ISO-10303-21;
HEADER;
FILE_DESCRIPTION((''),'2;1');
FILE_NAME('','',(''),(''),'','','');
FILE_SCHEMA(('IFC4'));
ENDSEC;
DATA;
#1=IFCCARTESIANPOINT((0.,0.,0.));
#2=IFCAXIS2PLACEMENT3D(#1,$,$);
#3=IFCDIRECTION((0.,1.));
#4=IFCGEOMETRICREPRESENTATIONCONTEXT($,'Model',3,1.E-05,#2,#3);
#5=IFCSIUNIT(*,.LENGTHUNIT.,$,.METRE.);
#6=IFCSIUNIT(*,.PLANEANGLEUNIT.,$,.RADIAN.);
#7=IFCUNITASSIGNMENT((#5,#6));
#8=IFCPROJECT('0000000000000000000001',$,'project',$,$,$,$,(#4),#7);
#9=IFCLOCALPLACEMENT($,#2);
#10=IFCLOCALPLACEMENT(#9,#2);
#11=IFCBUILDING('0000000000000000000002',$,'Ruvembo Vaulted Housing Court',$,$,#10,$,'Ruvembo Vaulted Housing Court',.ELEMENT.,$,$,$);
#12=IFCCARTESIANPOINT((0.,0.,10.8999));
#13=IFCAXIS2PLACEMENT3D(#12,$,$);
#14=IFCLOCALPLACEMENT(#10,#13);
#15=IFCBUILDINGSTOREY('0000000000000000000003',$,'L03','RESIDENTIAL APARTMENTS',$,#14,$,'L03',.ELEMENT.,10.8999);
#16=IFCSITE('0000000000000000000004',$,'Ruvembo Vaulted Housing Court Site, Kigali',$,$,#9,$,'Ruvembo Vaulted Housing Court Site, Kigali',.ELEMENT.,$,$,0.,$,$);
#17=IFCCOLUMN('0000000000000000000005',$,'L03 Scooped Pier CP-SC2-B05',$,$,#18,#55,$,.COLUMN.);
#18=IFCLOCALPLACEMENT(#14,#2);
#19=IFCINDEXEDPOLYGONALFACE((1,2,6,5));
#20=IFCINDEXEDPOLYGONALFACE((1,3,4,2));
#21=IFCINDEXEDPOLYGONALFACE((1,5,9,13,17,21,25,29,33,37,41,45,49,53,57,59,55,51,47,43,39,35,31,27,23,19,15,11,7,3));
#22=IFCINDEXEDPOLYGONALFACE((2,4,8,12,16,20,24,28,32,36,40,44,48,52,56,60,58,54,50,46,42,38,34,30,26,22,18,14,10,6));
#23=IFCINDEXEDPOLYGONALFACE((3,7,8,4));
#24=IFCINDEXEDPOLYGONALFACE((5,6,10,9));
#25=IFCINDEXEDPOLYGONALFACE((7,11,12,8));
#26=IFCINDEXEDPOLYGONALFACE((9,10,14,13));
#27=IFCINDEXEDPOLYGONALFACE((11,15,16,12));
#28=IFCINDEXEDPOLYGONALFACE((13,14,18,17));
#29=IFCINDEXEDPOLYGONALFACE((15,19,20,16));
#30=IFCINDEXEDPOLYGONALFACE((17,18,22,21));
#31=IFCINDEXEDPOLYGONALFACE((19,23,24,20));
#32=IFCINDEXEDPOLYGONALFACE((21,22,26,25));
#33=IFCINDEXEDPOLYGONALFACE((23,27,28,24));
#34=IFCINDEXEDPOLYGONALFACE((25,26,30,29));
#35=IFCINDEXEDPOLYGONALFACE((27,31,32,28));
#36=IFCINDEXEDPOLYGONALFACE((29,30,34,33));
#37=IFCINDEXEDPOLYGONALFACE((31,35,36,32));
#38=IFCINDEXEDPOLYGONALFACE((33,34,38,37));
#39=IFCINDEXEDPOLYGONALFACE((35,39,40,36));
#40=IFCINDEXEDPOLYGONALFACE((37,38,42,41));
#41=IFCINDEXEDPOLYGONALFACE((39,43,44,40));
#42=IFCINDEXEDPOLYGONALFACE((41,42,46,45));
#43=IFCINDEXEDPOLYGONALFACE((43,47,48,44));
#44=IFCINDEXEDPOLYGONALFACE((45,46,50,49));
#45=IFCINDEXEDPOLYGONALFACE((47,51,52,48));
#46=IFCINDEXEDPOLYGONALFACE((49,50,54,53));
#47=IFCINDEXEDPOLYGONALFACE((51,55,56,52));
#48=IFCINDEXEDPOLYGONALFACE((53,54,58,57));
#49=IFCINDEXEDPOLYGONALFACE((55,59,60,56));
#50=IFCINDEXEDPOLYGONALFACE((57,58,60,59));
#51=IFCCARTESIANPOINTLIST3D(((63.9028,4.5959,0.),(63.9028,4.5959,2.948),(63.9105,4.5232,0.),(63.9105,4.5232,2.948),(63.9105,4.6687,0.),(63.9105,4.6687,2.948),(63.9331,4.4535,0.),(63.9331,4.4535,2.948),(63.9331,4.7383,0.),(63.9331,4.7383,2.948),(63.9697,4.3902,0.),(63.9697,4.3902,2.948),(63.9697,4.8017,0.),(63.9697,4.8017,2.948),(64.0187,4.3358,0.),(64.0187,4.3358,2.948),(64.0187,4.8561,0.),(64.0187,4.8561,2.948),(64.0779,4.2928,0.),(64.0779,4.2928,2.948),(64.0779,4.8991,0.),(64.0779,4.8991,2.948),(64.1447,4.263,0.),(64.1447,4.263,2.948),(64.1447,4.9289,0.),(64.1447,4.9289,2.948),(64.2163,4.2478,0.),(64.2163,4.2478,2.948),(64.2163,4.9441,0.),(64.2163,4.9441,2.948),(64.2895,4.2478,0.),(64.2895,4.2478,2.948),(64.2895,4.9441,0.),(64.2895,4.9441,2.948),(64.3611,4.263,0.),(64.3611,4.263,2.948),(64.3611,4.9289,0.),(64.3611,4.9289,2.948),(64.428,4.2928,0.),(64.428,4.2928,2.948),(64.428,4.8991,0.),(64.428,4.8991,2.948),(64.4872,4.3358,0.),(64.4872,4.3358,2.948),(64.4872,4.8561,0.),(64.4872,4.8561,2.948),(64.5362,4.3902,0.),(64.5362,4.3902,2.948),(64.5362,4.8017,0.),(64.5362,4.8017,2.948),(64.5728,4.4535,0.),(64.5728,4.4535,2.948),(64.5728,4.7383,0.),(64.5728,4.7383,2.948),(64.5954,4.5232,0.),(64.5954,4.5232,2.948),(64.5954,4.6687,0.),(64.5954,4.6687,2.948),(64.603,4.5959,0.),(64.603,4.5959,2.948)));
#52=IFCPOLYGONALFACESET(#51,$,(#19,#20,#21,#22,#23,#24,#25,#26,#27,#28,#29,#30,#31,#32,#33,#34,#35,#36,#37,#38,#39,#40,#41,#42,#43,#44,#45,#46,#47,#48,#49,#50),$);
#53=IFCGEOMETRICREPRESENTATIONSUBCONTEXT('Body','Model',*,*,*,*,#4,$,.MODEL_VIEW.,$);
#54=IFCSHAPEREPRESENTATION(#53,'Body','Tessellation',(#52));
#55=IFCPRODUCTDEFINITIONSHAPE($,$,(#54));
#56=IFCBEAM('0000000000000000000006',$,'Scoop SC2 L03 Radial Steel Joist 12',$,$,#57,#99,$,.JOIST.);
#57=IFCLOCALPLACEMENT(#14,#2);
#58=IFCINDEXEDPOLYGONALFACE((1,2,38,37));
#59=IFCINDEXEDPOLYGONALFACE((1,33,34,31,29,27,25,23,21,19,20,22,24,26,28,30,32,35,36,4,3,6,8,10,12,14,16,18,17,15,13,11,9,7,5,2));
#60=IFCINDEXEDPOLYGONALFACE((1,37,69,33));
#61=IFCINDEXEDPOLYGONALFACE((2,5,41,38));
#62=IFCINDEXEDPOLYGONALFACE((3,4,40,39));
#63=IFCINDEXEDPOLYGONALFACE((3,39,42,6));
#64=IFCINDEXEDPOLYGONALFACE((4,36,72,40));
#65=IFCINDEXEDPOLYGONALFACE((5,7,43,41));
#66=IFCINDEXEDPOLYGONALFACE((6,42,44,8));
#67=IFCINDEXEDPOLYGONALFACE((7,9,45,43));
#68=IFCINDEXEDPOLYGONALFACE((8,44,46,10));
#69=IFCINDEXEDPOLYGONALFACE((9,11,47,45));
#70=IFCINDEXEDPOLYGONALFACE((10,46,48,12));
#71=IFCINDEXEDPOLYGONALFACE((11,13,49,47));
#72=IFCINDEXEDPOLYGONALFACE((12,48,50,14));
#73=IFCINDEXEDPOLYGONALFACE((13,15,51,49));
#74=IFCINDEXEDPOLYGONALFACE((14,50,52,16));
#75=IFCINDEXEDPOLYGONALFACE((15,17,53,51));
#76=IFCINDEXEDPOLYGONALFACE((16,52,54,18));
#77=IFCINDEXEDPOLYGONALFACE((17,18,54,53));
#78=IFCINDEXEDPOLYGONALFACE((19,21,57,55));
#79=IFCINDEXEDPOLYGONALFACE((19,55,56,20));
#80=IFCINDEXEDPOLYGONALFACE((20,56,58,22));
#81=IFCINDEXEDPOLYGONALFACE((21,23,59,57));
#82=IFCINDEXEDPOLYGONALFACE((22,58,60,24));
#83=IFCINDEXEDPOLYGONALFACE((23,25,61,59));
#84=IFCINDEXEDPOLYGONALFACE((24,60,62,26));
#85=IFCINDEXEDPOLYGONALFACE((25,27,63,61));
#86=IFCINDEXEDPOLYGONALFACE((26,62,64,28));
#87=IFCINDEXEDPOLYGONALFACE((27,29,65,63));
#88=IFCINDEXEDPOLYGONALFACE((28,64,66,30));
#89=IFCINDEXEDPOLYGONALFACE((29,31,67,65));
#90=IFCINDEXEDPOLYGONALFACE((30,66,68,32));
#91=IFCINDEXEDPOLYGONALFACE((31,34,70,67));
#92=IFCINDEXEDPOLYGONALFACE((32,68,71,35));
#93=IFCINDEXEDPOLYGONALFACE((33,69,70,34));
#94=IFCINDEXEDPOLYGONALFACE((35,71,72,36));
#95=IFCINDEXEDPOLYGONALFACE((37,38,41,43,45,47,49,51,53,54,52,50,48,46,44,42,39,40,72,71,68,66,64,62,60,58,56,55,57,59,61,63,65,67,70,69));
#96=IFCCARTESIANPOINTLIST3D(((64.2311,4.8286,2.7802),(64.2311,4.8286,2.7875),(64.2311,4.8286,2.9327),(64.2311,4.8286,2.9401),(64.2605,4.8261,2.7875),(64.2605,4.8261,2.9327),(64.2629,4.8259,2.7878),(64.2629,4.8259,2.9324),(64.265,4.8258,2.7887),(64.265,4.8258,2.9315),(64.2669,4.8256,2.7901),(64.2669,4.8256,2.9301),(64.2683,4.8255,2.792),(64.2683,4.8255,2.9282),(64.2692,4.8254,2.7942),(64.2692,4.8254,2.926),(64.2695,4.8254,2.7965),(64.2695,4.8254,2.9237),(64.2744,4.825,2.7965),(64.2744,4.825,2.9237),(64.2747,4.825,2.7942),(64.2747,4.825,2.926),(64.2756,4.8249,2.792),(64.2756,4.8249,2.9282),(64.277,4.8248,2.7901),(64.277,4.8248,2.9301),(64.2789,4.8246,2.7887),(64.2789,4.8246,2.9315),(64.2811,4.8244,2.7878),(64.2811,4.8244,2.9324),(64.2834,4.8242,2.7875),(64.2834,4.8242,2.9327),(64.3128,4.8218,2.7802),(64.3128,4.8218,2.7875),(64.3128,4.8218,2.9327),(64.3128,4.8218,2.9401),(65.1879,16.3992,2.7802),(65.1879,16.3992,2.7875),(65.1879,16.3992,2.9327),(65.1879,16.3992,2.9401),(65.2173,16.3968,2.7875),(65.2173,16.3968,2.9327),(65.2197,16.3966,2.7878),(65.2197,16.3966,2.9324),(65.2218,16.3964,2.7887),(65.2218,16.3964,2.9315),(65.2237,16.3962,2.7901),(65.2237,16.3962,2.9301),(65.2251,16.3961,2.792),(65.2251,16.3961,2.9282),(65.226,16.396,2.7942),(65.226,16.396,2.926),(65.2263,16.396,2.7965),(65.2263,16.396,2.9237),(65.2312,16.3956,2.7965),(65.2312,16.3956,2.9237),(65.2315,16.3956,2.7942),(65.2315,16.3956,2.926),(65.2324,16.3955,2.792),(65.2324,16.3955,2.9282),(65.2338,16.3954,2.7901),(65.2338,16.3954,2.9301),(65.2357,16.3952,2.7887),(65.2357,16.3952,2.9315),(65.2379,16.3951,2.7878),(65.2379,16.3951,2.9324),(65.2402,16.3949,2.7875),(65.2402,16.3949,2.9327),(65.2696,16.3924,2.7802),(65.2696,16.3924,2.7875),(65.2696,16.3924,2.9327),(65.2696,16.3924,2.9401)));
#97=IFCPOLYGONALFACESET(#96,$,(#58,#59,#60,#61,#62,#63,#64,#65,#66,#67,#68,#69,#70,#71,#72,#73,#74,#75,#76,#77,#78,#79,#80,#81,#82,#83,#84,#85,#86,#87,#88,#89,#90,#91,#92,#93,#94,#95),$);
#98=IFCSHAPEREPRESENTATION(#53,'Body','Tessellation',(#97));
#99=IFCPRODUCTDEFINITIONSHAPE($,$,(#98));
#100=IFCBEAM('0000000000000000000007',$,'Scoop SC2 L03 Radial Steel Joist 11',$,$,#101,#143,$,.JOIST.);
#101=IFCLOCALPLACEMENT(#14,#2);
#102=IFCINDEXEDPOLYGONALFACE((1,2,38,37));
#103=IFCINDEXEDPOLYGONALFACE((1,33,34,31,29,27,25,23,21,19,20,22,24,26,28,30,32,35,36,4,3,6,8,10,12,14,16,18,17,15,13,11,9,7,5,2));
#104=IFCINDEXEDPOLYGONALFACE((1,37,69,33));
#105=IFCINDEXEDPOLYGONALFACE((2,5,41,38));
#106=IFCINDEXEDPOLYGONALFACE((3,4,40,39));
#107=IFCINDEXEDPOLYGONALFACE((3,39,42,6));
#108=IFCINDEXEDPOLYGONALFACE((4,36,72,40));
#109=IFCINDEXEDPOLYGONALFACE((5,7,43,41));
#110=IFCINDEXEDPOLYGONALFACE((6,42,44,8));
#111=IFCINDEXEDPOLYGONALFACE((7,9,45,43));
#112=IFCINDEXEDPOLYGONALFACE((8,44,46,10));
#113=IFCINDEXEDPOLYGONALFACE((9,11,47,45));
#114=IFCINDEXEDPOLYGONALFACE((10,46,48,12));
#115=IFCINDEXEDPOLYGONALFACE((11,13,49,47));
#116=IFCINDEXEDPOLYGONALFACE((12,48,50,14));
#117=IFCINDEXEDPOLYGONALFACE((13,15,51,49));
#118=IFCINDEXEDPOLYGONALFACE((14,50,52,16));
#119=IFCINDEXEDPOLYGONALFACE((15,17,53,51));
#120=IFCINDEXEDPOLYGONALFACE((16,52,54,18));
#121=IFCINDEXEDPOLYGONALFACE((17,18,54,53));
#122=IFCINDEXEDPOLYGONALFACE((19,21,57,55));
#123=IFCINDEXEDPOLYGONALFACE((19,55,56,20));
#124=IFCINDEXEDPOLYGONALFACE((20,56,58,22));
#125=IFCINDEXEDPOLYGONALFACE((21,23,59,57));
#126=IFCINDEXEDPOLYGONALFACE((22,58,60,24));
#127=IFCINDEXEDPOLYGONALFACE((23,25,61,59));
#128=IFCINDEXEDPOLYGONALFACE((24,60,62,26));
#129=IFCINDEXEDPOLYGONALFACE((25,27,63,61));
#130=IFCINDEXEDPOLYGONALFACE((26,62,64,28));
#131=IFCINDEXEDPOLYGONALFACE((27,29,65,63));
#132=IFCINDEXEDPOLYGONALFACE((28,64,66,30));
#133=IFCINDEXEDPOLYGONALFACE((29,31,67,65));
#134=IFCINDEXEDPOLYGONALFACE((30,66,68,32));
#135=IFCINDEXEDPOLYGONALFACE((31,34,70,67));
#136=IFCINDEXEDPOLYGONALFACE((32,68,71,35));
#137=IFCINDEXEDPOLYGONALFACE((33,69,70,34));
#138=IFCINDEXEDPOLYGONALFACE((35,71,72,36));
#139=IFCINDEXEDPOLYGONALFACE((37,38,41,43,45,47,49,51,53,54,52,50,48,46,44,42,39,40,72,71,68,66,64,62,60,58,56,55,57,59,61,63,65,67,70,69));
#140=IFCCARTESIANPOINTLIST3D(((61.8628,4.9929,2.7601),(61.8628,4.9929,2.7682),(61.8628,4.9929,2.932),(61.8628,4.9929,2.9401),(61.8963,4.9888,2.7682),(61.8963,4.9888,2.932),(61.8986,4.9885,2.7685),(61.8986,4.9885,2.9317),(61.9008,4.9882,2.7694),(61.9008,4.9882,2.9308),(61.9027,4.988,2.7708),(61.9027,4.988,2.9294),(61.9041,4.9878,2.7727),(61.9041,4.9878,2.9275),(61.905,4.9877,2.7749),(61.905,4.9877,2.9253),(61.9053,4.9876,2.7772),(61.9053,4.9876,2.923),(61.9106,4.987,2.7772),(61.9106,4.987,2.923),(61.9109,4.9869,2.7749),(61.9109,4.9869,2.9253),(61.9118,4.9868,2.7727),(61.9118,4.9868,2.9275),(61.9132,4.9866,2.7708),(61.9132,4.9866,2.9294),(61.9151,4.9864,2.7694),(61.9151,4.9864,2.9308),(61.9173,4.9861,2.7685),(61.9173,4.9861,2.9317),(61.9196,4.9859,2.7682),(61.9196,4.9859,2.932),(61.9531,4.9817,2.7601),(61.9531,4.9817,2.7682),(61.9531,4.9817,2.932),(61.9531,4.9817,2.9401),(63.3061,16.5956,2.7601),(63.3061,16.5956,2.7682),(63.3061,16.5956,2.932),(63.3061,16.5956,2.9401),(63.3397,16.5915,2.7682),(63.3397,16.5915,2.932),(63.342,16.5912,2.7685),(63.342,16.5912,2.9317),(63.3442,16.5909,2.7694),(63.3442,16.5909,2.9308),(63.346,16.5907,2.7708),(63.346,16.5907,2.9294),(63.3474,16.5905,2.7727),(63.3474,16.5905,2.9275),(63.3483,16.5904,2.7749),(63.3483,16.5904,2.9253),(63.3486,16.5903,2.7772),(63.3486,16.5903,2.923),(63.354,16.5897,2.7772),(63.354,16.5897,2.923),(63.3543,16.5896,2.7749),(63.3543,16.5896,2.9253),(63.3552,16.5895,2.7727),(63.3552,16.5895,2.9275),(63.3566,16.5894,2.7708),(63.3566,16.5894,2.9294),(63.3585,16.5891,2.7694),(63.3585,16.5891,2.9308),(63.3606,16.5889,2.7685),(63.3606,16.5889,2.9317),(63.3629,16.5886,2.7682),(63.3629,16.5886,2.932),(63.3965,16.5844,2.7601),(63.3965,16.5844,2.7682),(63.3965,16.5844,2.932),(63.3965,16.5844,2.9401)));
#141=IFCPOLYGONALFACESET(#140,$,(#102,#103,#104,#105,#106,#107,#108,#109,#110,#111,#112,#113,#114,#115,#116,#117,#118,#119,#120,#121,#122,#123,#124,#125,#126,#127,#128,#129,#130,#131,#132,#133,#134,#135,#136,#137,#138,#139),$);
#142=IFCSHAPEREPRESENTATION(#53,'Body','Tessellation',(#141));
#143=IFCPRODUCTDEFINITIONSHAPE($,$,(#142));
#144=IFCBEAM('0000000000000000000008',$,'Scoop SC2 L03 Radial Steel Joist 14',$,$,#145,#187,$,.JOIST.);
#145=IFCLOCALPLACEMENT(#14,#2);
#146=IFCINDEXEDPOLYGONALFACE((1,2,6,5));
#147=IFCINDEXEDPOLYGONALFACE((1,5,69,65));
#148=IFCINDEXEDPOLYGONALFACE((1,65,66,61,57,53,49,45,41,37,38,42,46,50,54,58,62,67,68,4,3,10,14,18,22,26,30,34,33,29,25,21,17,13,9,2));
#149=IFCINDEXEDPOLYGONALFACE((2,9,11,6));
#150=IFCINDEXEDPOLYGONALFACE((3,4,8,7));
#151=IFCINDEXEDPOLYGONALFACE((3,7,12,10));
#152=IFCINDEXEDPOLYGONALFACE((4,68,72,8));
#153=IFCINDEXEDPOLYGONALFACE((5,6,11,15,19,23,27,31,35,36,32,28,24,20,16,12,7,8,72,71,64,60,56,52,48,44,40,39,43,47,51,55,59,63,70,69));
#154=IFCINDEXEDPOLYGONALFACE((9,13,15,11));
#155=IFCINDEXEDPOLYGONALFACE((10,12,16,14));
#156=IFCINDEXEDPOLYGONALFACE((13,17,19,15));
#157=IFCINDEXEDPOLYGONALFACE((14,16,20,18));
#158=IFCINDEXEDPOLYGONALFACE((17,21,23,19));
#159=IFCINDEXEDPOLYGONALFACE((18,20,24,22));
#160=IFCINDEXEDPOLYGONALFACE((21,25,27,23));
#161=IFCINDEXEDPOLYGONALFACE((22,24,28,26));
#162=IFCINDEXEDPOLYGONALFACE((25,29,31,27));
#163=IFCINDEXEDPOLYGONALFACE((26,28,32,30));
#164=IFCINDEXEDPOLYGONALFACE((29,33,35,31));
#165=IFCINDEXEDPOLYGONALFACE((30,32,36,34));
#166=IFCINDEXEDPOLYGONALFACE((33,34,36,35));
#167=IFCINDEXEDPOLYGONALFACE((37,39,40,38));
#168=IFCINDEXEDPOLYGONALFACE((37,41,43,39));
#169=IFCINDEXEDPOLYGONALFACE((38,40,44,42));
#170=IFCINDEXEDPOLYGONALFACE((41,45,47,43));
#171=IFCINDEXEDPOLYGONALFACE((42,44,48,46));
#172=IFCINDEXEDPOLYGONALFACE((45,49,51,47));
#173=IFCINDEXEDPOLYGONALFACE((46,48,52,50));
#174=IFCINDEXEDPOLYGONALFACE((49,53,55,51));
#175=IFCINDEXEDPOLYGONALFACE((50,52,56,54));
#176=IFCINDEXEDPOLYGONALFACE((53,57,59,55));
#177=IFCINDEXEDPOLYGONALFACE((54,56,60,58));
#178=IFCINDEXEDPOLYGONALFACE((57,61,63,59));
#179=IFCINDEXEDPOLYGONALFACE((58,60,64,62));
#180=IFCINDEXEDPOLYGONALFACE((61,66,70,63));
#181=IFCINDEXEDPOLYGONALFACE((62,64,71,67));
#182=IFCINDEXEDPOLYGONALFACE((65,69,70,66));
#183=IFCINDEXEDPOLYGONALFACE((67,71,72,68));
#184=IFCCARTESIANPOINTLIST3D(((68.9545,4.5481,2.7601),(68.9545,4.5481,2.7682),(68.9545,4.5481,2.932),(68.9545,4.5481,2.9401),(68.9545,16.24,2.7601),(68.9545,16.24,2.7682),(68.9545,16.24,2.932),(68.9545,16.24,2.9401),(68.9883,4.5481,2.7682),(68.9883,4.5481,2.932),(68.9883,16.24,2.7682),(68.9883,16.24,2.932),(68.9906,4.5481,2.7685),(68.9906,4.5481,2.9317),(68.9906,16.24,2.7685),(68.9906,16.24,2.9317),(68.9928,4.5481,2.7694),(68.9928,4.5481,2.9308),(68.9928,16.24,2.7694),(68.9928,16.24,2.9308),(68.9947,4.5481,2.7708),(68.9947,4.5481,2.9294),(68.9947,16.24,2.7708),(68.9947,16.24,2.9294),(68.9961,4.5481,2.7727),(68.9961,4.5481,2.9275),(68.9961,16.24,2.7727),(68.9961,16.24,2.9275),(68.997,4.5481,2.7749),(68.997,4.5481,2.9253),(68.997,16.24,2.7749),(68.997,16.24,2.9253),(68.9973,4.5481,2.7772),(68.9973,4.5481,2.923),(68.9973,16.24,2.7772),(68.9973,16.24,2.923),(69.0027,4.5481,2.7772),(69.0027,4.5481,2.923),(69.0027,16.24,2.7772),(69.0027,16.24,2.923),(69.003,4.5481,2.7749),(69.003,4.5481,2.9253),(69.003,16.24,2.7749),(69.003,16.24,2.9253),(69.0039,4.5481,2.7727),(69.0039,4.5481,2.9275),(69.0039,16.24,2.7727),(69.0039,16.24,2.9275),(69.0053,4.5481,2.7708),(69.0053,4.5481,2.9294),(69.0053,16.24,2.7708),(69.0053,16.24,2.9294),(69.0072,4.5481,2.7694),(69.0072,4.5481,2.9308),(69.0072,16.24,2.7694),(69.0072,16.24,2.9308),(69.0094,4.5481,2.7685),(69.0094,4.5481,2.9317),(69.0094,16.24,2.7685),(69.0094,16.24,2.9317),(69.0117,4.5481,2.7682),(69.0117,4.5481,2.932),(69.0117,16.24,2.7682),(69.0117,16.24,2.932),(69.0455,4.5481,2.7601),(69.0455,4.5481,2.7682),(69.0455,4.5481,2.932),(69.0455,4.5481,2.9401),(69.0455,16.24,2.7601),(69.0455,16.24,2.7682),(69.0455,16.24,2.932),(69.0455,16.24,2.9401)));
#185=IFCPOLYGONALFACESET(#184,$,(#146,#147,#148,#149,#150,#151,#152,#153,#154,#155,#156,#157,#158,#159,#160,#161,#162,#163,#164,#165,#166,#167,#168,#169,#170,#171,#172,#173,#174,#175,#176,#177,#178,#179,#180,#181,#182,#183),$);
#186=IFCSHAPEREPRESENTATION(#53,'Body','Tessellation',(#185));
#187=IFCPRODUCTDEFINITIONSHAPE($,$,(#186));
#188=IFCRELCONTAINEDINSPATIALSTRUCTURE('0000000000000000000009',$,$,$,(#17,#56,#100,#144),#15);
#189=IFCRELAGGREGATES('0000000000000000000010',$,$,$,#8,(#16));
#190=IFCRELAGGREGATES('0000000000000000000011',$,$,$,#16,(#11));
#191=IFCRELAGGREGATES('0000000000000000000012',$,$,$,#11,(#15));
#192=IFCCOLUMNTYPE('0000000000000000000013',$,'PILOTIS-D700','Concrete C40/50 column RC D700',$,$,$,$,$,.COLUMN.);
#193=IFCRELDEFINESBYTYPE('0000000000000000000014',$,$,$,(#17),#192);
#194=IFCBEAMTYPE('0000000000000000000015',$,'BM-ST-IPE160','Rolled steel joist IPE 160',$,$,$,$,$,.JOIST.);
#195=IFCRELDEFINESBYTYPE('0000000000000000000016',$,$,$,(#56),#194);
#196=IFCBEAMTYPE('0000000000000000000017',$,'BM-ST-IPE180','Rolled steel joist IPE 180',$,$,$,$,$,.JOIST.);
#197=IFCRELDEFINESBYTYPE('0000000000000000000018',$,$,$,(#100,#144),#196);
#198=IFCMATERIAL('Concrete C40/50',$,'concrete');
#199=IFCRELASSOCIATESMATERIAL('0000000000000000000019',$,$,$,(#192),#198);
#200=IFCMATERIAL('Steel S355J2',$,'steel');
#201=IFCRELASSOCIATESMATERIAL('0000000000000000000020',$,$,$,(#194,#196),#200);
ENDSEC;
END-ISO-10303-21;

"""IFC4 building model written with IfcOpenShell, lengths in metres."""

from ifc_helpers import new_model, si_unit, direction, frame, origin, origin_2d, place, context, subcontext, project, spatial, circle, i_section, extrude, material, material_profile, profile_set, type_object, element, save


model = new_model("IFC4")

# Units and contexts
model_context = context("Model", 3, precision=1e-05, world=origin(), true_north=direction((0.0, 1.0)))
body_context = subcontext(model_context, "Body", "Model", "MODEL_VIEW")
ifc_project = project(units=[si_unit("LENGTHUNIT", "METRE"), si_unit("PLANEANGLEUNIT", "RADIAN")], contexts=[model_context])

# Site, building, storey
site_placement = place(None, origin())
site = spatial("IfcSite", under=ifc_project, at=site_placement, Name="Ruvembo Vaulted Housing Court Site, Kigali", LongName="Ruvembo Vaulted Housing Court Site, Kigali", CompositionType="ELEMENT", RefElevation=0.0)
building_placement = place(site_placement, origin())
building = spatial("IfcBuilding", under=site, at=building_placement, Name="Ruvembo Vaulted Housing Court", LongName="Ruvembo Vaulted Housing Court", CompositionType="ELEMENT")
storey_placement = place(building_placement, frame((0.0, 0.0, 10.8999)))
storey = spatial("IfcBuildingStorey", under=building, at=storey_placement, Name="L03", Description="RESIDENTIAL APARTMENTS", LongName="L03", CompositionType="ELEMENT", Elevation=10.8999)

# Column
ifc_material_1 = material(Name="Concrete C40/50", Category="concrete")
ifc_material_profile_1 = material_profile(ifc_material_1, circle(Radius=0.3501, at=origin_2d()), Name="RC D700")
ifc_profile_set_1 = profile_set([ifc_material_profile_1], Name="Concrete C40/50")
column_type = type_object("IfcColumnType", Name="PILOTIS-D700", Description="Concrete C40/50 column RC D700", PredefinedType="COLUMN", material=ifc_profile_set_1)
column_placement = place(storey_placement, frame((64.2529, 4.5959, 0.0), z_axis=(0.0, 0.0, 1.0), x_axis=(1.0, 0.0, 0.0)))
element("IfcColumn", 1, at=column_placement, inside=storey, type_object=column_type, Name="L03 Scooped Pier CP-SC2-B05", PredefinedType="COLUMN", context=body_context, shape_type="SweptSolid", body=[
    extrude(circle(Radius=0.3501, at=origin_2d()), origin(), (0.0, 0.0, 1.0), 2.948),
])

# Beams
ifc_material_2 = material(Name="Steel S355J2", Category="steel")
ifc_material_profile_2 = material_profile(ifc_material_2, i_section(OverallWidth=0.082, OverallDepth=0.1599, WebThickness=0.0049, FlangeThickness=0.0073, FilletRadius=0.009, at=origin_2d()), Name="IPE 160")
ifc_profile_set_2 = profile_set([ifc_material_profile_2], Name="Steel S355J2")
beam_type_1 = type_object("IfcBeamType", Name="BM-ST-IPE160", Description="Rolled steel joist IPE 160", PredefinedType="JOIST", material=ifc_profile_set_2)
beam_1_placement = place(storey_placement, frame((64.272, 4.8252, 2.8601), z_axis=(0.08241, 0.996598, 0.0), x_axis=(-0.996598, 0.08241, 0.0)))
element("IfcBeam", 2, at=beam_1_placement, inside=storey, type_object=beam_type_1, Name="Scoop SC2 L03 Radial Steel Joist 12", PredefinedType="JOIST", context=body_context, shape_type="SweptSolid", body=[
    extrude(i_section(OverallWidth=0.082, OverallDepth=0.1599, WebThickness=0.0049, FlangeThickness=0.0073, FilletRadius=0.009, at=origin_2d()), origin(), (0.0, 0.0, 1.0), 11.6101),
])
ifc_material_profile_3 = material_profile(ifc_material_2, i_section(OverallWidth=0.0911, OverallDepth=0.1799, WebThickness=0.0054, FlangeThickness=0.0081, FilletRadius=0.009, at=origin_2d()), Name="IPE 180")
ifc_profile_set_3 = profile_set([ifc_material_profile_3], Name="Steel S355J2")
beam_type_2 = type_object("IfcBeamType", Name="BM-ST-IPE180", Description="Rolled steel joist IPE 180", PredefinedType="JOIST", material=ifc_profile_set_3)
beam_2_placement = place(storey_placement, frame((61.908, 4.9873, 2.8501), z_axis=(0.123446, 0.992351, 0.0), x_axis=(-0.992351, 0.123446, 0.0)))
element("IfcBeam", 3, at=beam_2_placement, inside=storey, type_object=beam_type_2, Name="Scoop SC2 L03 Radial Steel Joist 11", PredefinedType="JOIST", context=body_context, shape_type="SweptSolid", body=[
    extrude(i_section(OverallWidth=0.0911, OverallDepth=0.1799, WebThickness=0.0054, FlangeThickness=0.0081, FilletRadius=0.009, at=origin_2d()), origin(), (0.0, 0.0, 1.0), 11.6921),
])
beam_3_placement = place(storey_placement, frame((69.0, 4.5481, 2.8501), z_axis=(0.0, 1.0, 0.0), x_axis=(-1.0, 0.0, 0.0)))
element("IfcBeam", 4, at=beam_3_placement, inside=storey, type_object=beam_type_2, Name="Scoop SC2 L03 Radial Steel Joist 14", PredefinedType="JOIST", context=body_context, shape_type="SweptSolid", body=[
    extrude(i_section(OverallWidth=0.0911, OverallDepth=0.1799, WebThickness=0.0054, FlangeThickness=0.0081, FilletRadius=0.009, at=origin_2d()), origin(), (0.0, 0.0, 1.0), 11.6919),
])

save(model, "model.ifc")
